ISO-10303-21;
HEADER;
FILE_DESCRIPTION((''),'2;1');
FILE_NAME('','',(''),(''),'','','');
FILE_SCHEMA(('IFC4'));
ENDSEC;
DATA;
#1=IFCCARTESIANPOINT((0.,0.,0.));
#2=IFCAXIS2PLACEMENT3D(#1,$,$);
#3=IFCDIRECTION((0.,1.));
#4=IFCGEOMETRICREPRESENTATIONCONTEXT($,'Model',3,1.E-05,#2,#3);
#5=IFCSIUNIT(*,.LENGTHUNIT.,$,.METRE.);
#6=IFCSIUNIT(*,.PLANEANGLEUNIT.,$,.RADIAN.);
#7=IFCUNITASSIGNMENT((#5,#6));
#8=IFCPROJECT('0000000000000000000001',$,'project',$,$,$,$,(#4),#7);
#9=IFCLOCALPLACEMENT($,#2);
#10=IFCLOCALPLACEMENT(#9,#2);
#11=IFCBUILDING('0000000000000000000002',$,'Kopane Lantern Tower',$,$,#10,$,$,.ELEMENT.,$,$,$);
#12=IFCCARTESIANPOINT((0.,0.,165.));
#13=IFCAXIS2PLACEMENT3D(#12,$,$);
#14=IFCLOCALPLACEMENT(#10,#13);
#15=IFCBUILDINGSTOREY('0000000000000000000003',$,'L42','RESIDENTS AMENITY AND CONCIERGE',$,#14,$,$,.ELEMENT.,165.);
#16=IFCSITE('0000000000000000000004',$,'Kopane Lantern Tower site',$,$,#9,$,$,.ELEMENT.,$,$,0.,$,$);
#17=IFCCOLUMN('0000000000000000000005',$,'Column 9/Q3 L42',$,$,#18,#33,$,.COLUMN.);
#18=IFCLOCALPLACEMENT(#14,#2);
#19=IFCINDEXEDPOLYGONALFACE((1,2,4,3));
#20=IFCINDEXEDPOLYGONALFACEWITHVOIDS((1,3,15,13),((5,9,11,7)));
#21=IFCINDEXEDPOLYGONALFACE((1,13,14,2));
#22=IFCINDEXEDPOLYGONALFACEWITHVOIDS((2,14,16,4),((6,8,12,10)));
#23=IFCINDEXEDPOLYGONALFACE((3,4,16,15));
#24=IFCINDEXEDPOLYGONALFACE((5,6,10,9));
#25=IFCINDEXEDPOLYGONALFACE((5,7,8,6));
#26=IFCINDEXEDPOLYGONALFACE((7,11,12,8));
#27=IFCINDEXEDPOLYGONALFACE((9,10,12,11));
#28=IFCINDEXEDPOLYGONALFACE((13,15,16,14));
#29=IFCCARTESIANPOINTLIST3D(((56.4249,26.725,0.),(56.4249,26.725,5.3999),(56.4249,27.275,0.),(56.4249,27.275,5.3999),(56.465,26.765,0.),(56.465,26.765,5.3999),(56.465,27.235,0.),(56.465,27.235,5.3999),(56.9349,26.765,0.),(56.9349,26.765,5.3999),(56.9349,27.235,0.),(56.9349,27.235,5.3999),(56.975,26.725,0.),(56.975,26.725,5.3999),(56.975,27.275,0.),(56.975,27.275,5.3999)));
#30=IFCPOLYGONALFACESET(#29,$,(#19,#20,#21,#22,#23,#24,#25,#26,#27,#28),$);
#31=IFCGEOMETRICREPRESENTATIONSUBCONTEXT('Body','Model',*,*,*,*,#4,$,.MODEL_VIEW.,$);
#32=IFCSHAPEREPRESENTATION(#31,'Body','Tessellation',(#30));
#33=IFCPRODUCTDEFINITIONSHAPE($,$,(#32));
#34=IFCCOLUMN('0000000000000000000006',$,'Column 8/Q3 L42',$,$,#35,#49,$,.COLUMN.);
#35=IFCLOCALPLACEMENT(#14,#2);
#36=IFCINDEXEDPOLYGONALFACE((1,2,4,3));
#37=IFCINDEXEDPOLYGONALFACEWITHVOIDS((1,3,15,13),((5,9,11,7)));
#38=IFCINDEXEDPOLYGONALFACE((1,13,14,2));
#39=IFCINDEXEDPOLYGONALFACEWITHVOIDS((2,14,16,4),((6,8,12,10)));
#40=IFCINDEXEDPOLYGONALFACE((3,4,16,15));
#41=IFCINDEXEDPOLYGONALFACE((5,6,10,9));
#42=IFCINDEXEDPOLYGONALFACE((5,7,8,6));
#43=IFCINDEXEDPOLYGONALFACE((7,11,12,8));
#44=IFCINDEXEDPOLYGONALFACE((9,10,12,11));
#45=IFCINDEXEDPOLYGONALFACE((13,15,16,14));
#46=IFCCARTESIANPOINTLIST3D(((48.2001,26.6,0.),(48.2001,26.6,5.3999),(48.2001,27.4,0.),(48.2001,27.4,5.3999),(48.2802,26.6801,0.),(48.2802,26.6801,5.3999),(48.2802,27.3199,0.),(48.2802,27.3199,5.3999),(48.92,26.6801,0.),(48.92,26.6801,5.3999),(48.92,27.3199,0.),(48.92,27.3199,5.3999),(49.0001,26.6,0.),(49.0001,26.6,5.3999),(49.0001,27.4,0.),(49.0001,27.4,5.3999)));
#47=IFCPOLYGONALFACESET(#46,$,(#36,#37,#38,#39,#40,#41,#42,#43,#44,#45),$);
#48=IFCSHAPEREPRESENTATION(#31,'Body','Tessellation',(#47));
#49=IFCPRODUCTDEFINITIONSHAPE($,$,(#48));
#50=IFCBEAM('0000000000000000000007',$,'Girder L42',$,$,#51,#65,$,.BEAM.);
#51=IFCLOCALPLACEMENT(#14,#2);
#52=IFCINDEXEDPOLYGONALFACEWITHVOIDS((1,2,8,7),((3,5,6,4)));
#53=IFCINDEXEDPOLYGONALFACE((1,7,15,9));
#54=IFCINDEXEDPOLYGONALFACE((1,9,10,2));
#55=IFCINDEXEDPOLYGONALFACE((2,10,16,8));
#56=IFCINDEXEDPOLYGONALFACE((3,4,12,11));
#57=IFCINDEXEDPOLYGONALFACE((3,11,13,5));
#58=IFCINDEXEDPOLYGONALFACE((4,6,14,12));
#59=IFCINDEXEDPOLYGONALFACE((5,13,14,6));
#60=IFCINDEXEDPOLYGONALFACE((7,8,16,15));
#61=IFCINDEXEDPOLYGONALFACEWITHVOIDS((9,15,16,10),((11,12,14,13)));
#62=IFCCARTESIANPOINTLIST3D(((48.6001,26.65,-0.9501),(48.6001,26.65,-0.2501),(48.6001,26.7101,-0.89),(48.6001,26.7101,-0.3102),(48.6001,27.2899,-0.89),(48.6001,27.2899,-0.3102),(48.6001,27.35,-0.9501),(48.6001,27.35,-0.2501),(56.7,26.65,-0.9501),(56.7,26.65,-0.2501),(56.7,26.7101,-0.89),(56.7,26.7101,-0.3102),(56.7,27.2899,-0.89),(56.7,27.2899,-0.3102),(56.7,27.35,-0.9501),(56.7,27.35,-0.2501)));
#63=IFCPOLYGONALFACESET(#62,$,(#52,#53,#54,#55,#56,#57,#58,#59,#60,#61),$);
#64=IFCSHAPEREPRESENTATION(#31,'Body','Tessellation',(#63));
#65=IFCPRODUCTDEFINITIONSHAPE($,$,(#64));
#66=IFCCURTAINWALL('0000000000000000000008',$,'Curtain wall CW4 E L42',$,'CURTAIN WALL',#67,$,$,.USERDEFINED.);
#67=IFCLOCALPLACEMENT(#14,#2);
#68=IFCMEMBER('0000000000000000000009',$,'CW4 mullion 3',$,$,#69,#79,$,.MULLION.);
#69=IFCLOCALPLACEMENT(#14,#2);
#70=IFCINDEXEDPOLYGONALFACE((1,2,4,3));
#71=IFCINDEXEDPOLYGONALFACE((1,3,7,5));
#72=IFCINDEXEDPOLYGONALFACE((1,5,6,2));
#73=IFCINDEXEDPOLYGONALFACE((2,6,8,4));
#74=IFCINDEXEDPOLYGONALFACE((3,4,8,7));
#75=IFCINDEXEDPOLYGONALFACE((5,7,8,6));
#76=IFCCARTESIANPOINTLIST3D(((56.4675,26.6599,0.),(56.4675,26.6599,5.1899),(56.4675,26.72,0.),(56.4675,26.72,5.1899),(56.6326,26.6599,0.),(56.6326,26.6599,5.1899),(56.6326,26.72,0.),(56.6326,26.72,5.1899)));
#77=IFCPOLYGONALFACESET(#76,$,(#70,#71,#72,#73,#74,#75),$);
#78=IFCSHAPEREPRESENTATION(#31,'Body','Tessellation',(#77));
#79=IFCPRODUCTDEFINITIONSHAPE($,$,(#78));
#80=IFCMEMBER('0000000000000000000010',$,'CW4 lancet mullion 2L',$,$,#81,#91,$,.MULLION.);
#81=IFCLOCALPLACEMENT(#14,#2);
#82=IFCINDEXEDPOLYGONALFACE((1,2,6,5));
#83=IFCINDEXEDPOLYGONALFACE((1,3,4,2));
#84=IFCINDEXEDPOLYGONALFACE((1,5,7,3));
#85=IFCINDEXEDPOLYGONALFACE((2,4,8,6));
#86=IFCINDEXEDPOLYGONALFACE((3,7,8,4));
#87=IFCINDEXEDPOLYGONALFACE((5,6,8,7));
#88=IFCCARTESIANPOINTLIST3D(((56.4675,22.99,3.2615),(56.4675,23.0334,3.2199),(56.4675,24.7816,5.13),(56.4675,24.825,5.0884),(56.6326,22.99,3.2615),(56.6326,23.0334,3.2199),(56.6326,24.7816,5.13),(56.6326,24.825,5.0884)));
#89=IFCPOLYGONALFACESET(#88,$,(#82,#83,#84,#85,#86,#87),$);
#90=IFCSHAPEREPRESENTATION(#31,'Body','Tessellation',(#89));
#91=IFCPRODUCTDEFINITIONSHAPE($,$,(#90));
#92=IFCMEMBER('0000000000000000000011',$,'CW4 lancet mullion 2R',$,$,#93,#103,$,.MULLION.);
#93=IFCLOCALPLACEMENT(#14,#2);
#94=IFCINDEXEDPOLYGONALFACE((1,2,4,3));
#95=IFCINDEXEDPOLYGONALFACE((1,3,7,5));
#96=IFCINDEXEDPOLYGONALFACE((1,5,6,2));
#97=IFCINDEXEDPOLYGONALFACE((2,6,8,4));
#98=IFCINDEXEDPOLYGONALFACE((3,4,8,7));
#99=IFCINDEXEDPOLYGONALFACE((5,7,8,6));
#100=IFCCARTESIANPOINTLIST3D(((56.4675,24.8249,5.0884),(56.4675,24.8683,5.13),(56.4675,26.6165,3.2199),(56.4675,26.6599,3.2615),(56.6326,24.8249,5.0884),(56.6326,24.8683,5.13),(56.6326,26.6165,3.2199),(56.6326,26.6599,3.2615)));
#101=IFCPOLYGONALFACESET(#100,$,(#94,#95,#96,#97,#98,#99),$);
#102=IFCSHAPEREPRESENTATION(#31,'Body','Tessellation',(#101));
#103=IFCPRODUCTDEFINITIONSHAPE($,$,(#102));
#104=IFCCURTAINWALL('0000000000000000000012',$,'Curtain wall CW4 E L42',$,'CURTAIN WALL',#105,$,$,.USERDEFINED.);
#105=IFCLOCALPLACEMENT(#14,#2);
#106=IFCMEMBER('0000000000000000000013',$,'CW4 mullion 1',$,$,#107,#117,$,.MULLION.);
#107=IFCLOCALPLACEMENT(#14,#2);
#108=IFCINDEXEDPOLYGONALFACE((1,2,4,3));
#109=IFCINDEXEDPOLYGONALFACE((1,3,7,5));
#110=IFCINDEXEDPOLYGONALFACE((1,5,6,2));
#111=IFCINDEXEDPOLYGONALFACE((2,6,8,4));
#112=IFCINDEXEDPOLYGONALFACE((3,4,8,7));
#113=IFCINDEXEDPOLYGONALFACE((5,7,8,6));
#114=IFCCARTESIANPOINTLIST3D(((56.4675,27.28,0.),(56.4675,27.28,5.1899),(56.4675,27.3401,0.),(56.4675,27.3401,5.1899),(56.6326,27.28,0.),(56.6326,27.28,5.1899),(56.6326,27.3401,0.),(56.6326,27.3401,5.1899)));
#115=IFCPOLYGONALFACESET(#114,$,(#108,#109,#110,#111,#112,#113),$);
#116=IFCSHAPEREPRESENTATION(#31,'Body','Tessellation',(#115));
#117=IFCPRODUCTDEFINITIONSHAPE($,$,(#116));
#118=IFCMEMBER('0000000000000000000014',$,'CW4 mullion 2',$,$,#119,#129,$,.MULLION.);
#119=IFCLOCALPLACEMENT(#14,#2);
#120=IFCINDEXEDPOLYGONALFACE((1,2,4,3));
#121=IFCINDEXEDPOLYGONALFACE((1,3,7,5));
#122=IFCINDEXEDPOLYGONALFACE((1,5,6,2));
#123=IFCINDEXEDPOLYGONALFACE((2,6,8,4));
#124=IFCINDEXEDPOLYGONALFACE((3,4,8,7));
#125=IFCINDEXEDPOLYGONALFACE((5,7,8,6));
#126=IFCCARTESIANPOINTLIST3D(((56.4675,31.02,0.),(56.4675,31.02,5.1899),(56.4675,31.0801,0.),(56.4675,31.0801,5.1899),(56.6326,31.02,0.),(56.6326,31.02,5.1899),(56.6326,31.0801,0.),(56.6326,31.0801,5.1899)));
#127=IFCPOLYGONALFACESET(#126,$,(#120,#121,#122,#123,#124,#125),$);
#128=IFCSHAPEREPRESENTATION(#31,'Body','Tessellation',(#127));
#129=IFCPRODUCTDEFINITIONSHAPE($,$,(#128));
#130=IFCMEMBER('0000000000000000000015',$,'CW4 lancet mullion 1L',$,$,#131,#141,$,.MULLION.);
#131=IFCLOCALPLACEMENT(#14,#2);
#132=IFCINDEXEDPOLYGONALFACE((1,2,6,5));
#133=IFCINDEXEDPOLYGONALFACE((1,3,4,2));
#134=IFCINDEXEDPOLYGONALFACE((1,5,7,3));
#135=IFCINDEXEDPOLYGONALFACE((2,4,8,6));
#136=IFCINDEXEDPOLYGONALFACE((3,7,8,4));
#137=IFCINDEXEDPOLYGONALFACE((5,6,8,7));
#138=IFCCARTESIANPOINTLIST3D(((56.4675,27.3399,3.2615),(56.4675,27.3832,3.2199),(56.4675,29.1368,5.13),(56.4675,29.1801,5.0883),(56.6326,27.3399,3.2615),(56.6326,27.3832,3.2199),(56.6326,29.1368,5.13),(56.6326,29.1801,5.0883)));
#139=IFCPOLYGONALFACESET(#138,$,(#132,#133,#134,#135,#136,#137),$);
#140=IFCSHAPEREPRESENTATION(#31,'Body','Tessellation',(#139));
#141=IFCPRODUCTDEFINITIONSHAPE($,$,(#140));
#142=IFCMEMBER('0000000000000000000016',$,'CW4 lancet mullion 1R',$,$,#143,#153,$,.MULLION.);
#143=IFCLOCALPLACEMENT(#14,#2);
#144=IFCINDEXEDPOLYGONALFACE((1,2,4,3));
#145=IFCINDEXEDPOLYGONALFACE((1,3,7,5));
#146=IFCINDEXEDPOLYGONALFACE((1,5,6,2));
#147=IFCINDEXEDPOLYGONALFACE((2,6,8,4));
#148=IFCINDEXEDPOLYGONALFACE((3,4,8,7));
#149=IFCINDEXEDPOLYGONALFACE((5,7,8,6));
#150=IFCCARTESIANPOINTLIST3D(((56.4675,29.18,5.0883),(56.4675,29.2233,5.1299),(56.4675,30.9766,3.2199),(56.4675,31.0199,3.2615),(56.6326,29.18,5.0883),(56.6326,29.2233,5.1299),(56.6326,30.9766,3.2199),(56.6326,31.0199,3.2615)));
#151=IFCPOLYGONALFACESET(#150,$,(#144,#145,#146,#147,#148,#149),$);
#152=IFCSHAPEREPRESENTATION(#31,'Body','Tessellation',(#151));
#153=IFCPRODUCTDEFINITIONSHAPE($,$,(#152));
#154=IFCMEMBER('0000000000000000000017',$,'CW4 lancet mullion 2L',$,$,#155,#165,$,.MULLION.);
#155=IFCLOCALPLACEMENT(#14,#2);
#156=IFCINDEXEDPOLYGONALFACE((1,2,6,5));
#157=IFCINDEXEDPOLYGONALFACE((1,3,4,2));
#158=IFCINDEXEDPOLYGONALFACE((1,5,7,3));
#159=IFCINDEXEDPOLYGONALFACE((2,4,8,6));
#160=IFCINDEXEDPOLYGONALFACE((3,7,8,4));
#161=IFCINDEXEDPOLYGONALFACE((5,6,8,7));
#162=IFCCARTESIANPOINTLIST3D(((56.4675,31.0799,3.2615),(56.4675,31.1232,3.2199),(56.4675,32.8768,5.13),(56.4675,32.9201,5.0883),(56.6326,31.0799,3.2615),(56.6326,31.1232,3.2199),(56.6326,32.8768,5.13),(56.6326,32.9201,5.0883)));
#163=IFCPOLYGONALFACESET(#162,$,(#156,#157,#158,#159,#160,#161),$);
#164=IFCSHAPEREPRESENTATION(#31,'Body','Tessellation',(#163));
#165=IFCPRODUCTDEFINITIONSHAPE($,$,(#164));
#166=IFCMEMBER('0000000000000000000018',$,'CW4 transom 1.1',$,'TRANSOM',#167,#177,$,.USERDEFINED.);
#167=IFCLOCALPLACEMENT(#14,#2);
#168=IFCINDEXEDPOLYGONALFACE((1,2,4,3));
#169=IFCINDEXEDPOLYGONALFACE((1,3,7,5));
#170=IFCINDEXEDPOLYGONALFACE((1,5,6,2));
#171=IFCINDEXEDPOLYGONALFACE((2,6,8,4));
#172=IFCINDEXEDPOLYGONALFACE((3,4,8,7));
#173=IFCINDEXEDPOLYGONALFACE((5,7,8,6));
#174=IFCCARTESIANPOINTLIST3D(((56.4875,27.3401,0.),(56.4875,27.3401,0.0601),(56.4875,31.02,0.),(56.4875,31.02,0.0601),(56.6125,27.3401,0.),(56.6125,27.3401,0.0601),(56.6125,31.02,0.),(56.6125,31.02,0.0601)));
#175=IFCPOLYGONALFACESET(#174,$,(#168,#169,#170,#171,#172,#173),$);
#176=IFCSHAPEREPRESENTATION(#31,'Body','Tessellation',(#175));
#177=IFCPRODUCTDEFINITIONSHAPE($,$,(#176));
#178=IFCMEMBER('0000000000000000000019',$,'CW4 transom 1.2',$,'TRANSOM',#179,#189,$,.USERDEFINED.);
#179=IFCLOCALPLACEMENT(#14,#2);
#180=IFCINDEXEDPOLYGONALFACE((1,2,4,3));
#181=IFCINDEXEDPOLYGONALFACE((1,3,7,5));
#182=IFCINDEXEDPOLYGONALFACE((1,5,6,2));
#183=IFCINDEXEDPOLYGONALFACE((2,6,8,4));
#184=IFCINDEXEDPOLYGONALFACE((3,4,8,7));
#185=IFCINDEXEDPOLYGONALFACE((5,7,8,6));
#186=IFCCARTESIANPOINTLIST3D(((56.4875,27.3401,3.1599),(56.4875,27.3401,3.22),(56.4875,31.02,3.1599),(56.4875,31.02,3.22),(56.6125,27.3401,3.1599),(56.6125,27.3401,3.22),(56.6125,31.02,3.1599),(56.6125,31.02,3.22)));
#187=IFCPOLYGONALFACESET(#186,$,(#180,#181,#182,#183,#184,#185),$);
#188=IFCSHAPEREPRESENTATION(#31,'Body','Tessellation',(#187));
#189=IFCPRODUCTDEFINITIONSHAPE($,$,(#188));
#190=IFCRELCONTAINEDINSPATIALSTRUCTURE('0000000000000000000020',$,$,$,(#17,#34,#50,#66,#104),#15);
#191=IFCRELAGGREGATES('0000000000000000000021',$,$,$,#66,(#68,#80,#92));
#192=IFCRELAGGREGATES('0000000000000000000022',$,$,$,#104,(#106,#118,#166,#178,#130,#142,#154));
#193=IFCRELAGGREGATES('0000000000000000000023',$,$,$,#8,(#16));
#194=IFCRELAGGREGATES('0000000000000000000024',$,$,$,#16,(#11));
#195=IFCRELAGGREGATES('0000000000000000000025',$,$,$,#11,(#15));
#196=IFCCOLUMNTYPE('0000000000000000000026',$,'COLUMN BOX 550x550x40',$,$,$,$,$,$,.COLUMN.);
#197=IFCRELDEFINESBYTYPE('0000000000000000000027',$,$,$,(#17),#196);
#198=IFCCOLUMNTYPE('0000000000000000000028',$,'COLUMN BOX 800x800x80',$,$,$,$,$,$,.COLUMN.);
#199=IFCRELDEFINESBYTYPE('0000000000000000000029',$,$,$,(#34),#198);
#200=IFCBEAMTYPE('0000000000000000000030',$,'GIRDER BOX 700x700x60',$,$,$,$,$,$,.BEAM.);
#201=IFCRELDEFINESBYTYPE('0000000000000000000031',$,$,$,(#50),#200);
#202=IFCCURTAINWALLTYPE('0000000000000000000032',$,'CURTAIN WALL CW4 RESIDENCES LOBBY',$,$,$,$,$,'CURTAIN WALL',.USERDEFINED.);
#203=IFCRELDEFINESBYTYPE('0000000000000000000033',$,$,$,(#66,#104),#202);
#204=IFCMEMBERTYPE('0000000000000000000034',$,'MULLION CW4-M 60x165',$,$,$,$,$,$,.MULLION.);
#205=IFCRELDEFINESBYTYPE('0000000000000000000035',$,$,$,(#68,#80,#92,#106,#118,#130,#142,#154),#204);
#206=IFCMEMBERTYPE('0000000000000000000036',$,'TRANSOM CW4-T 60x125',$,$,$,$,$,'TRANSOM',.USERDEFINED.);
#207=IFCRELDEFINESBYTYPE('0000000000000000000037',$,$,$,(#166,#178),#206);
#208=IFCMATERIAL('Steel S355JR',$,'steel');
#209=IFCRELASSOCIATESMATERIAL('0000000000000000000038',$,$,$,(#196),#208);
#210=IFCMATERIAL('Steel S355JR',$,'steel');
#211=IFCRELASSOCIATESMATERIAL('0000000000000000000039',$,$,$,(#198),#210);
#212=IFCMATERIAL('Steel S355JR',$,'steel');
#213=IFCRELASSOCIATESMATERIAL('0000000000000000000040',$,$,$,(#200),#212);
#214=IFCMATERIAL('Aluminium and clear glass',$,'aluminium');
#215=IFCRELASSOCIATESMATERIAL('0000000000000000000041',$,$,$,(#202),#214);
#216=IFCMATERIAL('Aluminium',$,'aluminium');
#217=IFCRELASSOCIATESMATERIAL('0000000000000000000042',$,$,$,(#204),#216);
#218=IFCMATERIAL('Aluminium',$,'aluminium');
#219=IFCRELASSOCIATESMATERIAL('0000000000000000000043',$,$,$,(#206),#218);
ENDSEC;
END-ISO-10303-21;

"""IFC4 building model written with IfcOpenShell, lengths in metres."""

from ifc_helpers import new_model, si_unit, direction, frame, origin, origin_2d, place, context, subcontext, project, spatial, rectangle, hollow_rectangle, extrude, material, material_profile, profile_set, type_object, element, aggregate, save


model = new_model("IFC4")

# Units and contexts
model_context = context("Model", 3, precision=1e-05, world=origin(), true_north=direction((0.0, 1.0)))
body_context = subcontext(model_context, "Body", "Model", "MODEL_VIEW")
ifc_project = project(units=[si_unit("LENGTHUNIT", "METRE"), si_unit("PLANEANGLEUNIT", "RADIAN")], contexts=[model_context])

# Site, building, storey
site_placement = place(None, origin())
site = spatial("IfcSite", under=ifc_project, at=site_placement, Name="Kopane Lantern Tower site", CompositionType="ELEMENT", RefElevation=0.0)
building_placement = place(site_placement, origin())
building = spatial("IfcBuilding", under=site, at=building_placement, Name="Kopane Lantern Tower", CompositionType="ELEMENT")
storey_placement = place(building_placement, frame((0.0, 0.0, 165.0)))
storey = spatial("IfcBuildingStorey", under=building, at=storey_placement, Name="L42", Description="RESIDENTS AMENITY AND CONCIERGE", CompositionType="ELEMENT", Elevation=165.0)

# Columns
ifc_material_1 = material(Name="Steel S355JR", Category="steel")
ifc_material_profile_1 = material_profile(ifc_material_1, hollow_rectangle(XDim=0.55, YDim=0.55, WallThickness=0.04, at=origin_2d()), Name="BOX 550x550x40")
ifc_profile_set_1 = profile_set([ifc_material_profile_1], Name="Steel S355JR")
column_type_1 = type_object("IfcColumnType", Name="COLUMN BOX 550x550x40", PredefinedType="COLUMN", material=ifc_profile_set_1)
column_1_placement = place(storey_placement, frame((56.7, 27.0, 0.0), z_axis=(0.0, 0.0, 1.0), x_axis=(1.0, 0.0, 0.0)))
element("IfcColumn", 1, at=column_1_placement, inside=storey, type_object=column_type_1, Name="Column 9/Q3 L42", PredefinedType="COLUMN", context=body_context, shape_type="SweptSolid", body=[
    extrude(hollow_rectangle(XDim=0.55, YDim=0.55, WallThickness=0.04, at=origin_2d()), origin(), (0.0, 0.0, 1.0), 5.3999),
])
ifc_material_2 = material(Name="Steel S355JR", Category="steel")
ifc_material_profile_2 = material_profile(ifc_material_2, hollow_rectangle(XDim=0.8, YDim=0.8, WallThickness=0.0801, at=origin_2d()), Name="BOX 800x800x80")
ifc_profile_set_2 = profile_set([ifc_material_profile_2], Name="Steel S355JR")
column_type_2 = type_object("IfcColumnType", Name="COLUMN BOX 800x800x80", PredefinedType="COLUMN", material=ifc_profile_set_2)
column_2_placement = place(storey_placement, frame((48.6001, 27.0, 0.0), z_axis=(0.0, 0.0, 1.0), x_axis=(1.0, 0.0, 0.0)))
element("IfcColumn", 2, at=column_2_placement, inside=storey, type_object=column_type_2, Name="Column 8/Q3 L42", PredefinedType="COLUMN", context=body_context, shape_type="SweptSolid", body=[
    extrude(hollow_rectangle(XDim=0.8, YDim=0.8, WallThickness=0.0801, at=origin_2d()), origin(), (0.0, 0.0, 1.0), 5.3999),
])

# Beam
ifc_material_3 = material(Name="Steel S355JR", Category="steel")
ifc_material_profile_3 = material_profile(ifc_material_3, hollow_rectangle(XDim=0.7, YDim=0.7, WallThickness=0.0601, at=origin_2d()), Name="BOX 700x700x60")
ifc_profile_set_3 = profile_set([ifc_material_profile_3], Name="Steel S355JR")
beam_type = type_object("IfcBeamType", Name="GIRDER BOX 700x700x60", PredefinedType="BEAM", material=ifc_profile_set_3)
beam_placement = place(storey_placement, frame((48.6001, 27.0, -0.6001), z_axis=(1.0, 0.0, 0.0), x_axis=(0.0, 1.0, 0.0)))
element("IfcBeam", 3, at=beam_placement, inside=storey, type_object=beam_type, Name="Girder L42", PredefinedType="BEAM", context=body_context, shape_type="SweptSolid", body=[
    extrude(hollow_rectangle(XDim=0.7, YDim=0.7, WallThickness=0.0601, at=origin_2d()), origin(), (0.0, 0.0, 1.0), 8.0999),
])

# Curtain walls, members
ifc_material_4 = material(Name="Aluminium and clear glass", Category="aluminium")
curtain_wall_type = type_object("IfcCurtainWallType", Name="CURTAIN WALL CW4 RESIDENCES LOBBY", ElementType="CURTAIN WALL", PredefinedType="USERDEFINED", material=ifc_material_4)
curtain_wall_1_placement = place(storey_placement, origin())
curtain_wall_1 = element("IfcCurtainWall", 4, at=curtain_wall_1_placement, inside=storey, type_object=curtain_wall_type, Name="Curtain wall CW4 E L42", ObjectType="CURTAIN WALL", PredefinedType="USERDEFINED")
ifc_material_5 = material(Name="Aluminium", Category="aluminium")
ifc_material_profile_4 = material_profile(ifc_material_5, rectangle(XDim=0.0601, YDim=0.165, at=origin_2d()), Name="AL 60x165")
ifc_profile_set_4 = profile_set([ifc_material_profile_4], Name="Aluminium")
member_type_1 = type_object("IfcMemberType", Name="MULLION CW4-M 60x165", PredefinedType="MULLION", material=ifc_profile_set_4)
member_1_placement = place(storey_placement, frame((56.55, 26.6899, 0.0), z_axis=(0.0, 0.0, 1.0), x_axis=(0.0, 1.0, 0.0)))
member_1 = element("IfcMember", 5, at=member_1_placement, type_object=member_type_1, Name="CW4 mullion 3", PredefinedType="MULLION", context=body_context, shape_type="SweptSolid", body=[
    extrude(rectangle(XDim=0.0601, YDim=0.165, at=origin_2d()), origin(), (0.0, 0.0, 1.0), 5.1899),
])
member_2_placement = place(storey_placement, frame((56.55, 23.0117, 3.2407), z_axis=(0.0, 0.692096, 0.721806), x_axis=(0.0, -0.721806, 0.692096)))
member_2 = element("IfcMember", 6, at=member_2_placement, type_object=member_type_1, Name="CW4 lancet mullion 2L", PredefinedType="MULLION", context=body_context, shape_type="SweptSolid", body=[
    extrude(rectangle(XDim=0.0601, YDim=0.165, at=origin_2d()), origin(), (0.0, 0.0, 1.0), 2.5886),
])
member_3_placement = place(storey_placement, frame((56.55, 26.6382, 3.2407), z_axis=(0.0, -0.692096, 0.721806), x_axis=(0.0, 0.721806, 0.692096)))
member_3 = element("IfcMember", 7, at=member_3_placement, type_object=member_type_1, Name="CW4 lancet mullion 2R", PredefinedType="MULLION", context=body_context, shape_type="SweptSolid", body=[
    extrude(rectangle(XDim=0.0601, YDim=0.165, at=origin_2d()), origin(), (0.0, 0.0, 1.0), 2.5886),
])
curtain_wall_2_placement = place(storey_placement, origin())
curtain_wall_2 = element("IfcCurtainWall", 8, at=curtain_wall_2_placement, inside=storey, type_object=curtain_wall_type, Name="Curtain wall CW4 E L42", ObjectType="CURTAIN WALL", PredefinedType="USERDEFINED")
member_4_placement = place(storey_placement, frame((56.55, 27.3101, 0.0), z_axis=(0.0, 0.0, 1.0), x_axis=(0.0, 1.0, 0.0)))
member_4 = element("IfcMember", 9, at=member_4_placement, type_object=member_type_1, Name="CW4 mullion 1", PredefinedType="MULLION", context=body_context, shape_type="SweptSolid", body=[
    extrude(rectangle(XDim=0.0601, YDim=0.165, at=origin_2d()), origin(), (0.0, 0.0, 1.0), 5.1899),
])
member_5_placement = place(storey_placement, frame((56.55, 31.05, 0.0), z_axis=(0.0, 0.0, 1.0), x_axis=(0.0, 1.0, 0.0)))
member_5 = element("IfcMember", 10, at=member_5_placement, type_object=member_type_1, Name="CW4 mullion 2", PredefinedType="MULLION", context=body_context, shape_type="SweptSolid", body=[
    extrude(rectangle(XDim=0.0601, YDim=0.165, at=origin_2d()), origin(), (0.0, 0.0, 1.0), 5.1899),
])
member_6_placement = place(storey_placement, frame((56.55, 27.3616, 3.2407), z_axis=(0.0, 0.693175, 0.72077), x_axis=(0.0, -0.72077, 0.693175)))
member_6 = element("IfcMember", 11, at=member_6_placement, type_object=member_type_1, Name="CW4 lancet mullion 1L", PredefinedType="MULLION", context=body_context, shape_type="SweptSolid", body=[
    extrude(rectangle(XDim=0.0601, YDim=0.165, at=origin_2d()), origin(), (0.0, 0.0, 1.0), 2.5923),
])
member_7_placement = place(storey_placement, frame((56.55, 30.9983, 3.2407), z_axis=(0.0, -0.693126, 0.720817), x_axis=(0.0, 0.720817, 0.693126)))
member_7 = element("IfcMember", 12, at=member_7_placement, type_object=member_type_1, Name="CW4 lancet mullion 1R", PredefinedType="MULLION", context=body_context, shape_type="SweptSolid", body=[
    extrude(rectangle(XDim=0.0601, YDim=0.165, at=origin_2d()), origin(), (0.0, 0.0, 1.0), 2.592),
])
member_8_placement = place(storey_placement, frame((56.55, 31.1016, 3.2407), z_axis=(0.0, 0.693175, 0.72077), x_axis=(0.0, -0.72077, 0.693175)))
member_8 = element("IfcMember", 13, at=member_8_placement, type_object=member_type_1, Name="CW4 lancet mullion 2L", PredefinedType="MULLION", context=body_context, shape_type="SweptSolid", body=[
    extrude(rectangle(XDim=0.0601, YDim=0.165, at=origin_2d()), origin(), (0.0, 0.0, 1.0), 2.5923),
])
ifc_material_6 = material(Name="Aluminium", Category="aluminium")
ifc_material_profile_5 = material_profile(ifc_material_6, rectangle(XDim=0.125, YDim=0.0601, at=origin_2d()), Name="AL 125x60")
ifc_profile_set_5 = profile_set([ifc_material_profile_5], Name="Aluminium")
member_type_2 = type_object("IfcMemberType", Name="TRANSOM CW4-T 60x125", ElementType="TRANSOM", PredefinedType="USERDEFINED", material=ifc_profile_set_5)
member_9_placement = place(storey_placement, frame((56.55, 27.3401, 0.03), z_axis=(0.0, 1.0, 0.0), x_axis=(-1.0, 0.0, 0.0)))
member_9 = element("IfcMember", 14, at=member_9_placement, type_object=member_type_2, Name="CW4 transom 1.1", ObjectType="TRANSOM", PredefinedType="USERDEFINED", context=body_context, shape_type="SweptSolid", body=[
    extrude(rectangle(XDim=0.125, YDim=0.0601, at=origin_2d()), origin(), (0.0, 0.0, 1.0), 3.6799),
])
member_10_placement = place(storey_placement, frame((56.55, 27.3401, 3.1899), z_axis=(0.0, 1.0, 0.0), x_axis=(-1.0, 0.0, 0.0)))
member_10 = element("IfcMember", 15, at=member_10_placement, type_object=member_type_2, Name="CW4 transom 1.2", ObjectType="TRANSOM", PredefinedType="USERDEFINED", context=body_context, shape_type="SweptSolid", body=[
    extrude(rectangle(XDim=0.125, YDim=0.0601, at=origin_2d()), origin(), (0.0, 0.0, 1.0), 3.6799),
])

aggregate(curtain_wall_1, [member_1, member_2, member_3])
aggregate(curtain_wall_2, [member_4, member_5, member_9, member_10, member_6, member_7, member_8])

save(model, "model.ifc")
